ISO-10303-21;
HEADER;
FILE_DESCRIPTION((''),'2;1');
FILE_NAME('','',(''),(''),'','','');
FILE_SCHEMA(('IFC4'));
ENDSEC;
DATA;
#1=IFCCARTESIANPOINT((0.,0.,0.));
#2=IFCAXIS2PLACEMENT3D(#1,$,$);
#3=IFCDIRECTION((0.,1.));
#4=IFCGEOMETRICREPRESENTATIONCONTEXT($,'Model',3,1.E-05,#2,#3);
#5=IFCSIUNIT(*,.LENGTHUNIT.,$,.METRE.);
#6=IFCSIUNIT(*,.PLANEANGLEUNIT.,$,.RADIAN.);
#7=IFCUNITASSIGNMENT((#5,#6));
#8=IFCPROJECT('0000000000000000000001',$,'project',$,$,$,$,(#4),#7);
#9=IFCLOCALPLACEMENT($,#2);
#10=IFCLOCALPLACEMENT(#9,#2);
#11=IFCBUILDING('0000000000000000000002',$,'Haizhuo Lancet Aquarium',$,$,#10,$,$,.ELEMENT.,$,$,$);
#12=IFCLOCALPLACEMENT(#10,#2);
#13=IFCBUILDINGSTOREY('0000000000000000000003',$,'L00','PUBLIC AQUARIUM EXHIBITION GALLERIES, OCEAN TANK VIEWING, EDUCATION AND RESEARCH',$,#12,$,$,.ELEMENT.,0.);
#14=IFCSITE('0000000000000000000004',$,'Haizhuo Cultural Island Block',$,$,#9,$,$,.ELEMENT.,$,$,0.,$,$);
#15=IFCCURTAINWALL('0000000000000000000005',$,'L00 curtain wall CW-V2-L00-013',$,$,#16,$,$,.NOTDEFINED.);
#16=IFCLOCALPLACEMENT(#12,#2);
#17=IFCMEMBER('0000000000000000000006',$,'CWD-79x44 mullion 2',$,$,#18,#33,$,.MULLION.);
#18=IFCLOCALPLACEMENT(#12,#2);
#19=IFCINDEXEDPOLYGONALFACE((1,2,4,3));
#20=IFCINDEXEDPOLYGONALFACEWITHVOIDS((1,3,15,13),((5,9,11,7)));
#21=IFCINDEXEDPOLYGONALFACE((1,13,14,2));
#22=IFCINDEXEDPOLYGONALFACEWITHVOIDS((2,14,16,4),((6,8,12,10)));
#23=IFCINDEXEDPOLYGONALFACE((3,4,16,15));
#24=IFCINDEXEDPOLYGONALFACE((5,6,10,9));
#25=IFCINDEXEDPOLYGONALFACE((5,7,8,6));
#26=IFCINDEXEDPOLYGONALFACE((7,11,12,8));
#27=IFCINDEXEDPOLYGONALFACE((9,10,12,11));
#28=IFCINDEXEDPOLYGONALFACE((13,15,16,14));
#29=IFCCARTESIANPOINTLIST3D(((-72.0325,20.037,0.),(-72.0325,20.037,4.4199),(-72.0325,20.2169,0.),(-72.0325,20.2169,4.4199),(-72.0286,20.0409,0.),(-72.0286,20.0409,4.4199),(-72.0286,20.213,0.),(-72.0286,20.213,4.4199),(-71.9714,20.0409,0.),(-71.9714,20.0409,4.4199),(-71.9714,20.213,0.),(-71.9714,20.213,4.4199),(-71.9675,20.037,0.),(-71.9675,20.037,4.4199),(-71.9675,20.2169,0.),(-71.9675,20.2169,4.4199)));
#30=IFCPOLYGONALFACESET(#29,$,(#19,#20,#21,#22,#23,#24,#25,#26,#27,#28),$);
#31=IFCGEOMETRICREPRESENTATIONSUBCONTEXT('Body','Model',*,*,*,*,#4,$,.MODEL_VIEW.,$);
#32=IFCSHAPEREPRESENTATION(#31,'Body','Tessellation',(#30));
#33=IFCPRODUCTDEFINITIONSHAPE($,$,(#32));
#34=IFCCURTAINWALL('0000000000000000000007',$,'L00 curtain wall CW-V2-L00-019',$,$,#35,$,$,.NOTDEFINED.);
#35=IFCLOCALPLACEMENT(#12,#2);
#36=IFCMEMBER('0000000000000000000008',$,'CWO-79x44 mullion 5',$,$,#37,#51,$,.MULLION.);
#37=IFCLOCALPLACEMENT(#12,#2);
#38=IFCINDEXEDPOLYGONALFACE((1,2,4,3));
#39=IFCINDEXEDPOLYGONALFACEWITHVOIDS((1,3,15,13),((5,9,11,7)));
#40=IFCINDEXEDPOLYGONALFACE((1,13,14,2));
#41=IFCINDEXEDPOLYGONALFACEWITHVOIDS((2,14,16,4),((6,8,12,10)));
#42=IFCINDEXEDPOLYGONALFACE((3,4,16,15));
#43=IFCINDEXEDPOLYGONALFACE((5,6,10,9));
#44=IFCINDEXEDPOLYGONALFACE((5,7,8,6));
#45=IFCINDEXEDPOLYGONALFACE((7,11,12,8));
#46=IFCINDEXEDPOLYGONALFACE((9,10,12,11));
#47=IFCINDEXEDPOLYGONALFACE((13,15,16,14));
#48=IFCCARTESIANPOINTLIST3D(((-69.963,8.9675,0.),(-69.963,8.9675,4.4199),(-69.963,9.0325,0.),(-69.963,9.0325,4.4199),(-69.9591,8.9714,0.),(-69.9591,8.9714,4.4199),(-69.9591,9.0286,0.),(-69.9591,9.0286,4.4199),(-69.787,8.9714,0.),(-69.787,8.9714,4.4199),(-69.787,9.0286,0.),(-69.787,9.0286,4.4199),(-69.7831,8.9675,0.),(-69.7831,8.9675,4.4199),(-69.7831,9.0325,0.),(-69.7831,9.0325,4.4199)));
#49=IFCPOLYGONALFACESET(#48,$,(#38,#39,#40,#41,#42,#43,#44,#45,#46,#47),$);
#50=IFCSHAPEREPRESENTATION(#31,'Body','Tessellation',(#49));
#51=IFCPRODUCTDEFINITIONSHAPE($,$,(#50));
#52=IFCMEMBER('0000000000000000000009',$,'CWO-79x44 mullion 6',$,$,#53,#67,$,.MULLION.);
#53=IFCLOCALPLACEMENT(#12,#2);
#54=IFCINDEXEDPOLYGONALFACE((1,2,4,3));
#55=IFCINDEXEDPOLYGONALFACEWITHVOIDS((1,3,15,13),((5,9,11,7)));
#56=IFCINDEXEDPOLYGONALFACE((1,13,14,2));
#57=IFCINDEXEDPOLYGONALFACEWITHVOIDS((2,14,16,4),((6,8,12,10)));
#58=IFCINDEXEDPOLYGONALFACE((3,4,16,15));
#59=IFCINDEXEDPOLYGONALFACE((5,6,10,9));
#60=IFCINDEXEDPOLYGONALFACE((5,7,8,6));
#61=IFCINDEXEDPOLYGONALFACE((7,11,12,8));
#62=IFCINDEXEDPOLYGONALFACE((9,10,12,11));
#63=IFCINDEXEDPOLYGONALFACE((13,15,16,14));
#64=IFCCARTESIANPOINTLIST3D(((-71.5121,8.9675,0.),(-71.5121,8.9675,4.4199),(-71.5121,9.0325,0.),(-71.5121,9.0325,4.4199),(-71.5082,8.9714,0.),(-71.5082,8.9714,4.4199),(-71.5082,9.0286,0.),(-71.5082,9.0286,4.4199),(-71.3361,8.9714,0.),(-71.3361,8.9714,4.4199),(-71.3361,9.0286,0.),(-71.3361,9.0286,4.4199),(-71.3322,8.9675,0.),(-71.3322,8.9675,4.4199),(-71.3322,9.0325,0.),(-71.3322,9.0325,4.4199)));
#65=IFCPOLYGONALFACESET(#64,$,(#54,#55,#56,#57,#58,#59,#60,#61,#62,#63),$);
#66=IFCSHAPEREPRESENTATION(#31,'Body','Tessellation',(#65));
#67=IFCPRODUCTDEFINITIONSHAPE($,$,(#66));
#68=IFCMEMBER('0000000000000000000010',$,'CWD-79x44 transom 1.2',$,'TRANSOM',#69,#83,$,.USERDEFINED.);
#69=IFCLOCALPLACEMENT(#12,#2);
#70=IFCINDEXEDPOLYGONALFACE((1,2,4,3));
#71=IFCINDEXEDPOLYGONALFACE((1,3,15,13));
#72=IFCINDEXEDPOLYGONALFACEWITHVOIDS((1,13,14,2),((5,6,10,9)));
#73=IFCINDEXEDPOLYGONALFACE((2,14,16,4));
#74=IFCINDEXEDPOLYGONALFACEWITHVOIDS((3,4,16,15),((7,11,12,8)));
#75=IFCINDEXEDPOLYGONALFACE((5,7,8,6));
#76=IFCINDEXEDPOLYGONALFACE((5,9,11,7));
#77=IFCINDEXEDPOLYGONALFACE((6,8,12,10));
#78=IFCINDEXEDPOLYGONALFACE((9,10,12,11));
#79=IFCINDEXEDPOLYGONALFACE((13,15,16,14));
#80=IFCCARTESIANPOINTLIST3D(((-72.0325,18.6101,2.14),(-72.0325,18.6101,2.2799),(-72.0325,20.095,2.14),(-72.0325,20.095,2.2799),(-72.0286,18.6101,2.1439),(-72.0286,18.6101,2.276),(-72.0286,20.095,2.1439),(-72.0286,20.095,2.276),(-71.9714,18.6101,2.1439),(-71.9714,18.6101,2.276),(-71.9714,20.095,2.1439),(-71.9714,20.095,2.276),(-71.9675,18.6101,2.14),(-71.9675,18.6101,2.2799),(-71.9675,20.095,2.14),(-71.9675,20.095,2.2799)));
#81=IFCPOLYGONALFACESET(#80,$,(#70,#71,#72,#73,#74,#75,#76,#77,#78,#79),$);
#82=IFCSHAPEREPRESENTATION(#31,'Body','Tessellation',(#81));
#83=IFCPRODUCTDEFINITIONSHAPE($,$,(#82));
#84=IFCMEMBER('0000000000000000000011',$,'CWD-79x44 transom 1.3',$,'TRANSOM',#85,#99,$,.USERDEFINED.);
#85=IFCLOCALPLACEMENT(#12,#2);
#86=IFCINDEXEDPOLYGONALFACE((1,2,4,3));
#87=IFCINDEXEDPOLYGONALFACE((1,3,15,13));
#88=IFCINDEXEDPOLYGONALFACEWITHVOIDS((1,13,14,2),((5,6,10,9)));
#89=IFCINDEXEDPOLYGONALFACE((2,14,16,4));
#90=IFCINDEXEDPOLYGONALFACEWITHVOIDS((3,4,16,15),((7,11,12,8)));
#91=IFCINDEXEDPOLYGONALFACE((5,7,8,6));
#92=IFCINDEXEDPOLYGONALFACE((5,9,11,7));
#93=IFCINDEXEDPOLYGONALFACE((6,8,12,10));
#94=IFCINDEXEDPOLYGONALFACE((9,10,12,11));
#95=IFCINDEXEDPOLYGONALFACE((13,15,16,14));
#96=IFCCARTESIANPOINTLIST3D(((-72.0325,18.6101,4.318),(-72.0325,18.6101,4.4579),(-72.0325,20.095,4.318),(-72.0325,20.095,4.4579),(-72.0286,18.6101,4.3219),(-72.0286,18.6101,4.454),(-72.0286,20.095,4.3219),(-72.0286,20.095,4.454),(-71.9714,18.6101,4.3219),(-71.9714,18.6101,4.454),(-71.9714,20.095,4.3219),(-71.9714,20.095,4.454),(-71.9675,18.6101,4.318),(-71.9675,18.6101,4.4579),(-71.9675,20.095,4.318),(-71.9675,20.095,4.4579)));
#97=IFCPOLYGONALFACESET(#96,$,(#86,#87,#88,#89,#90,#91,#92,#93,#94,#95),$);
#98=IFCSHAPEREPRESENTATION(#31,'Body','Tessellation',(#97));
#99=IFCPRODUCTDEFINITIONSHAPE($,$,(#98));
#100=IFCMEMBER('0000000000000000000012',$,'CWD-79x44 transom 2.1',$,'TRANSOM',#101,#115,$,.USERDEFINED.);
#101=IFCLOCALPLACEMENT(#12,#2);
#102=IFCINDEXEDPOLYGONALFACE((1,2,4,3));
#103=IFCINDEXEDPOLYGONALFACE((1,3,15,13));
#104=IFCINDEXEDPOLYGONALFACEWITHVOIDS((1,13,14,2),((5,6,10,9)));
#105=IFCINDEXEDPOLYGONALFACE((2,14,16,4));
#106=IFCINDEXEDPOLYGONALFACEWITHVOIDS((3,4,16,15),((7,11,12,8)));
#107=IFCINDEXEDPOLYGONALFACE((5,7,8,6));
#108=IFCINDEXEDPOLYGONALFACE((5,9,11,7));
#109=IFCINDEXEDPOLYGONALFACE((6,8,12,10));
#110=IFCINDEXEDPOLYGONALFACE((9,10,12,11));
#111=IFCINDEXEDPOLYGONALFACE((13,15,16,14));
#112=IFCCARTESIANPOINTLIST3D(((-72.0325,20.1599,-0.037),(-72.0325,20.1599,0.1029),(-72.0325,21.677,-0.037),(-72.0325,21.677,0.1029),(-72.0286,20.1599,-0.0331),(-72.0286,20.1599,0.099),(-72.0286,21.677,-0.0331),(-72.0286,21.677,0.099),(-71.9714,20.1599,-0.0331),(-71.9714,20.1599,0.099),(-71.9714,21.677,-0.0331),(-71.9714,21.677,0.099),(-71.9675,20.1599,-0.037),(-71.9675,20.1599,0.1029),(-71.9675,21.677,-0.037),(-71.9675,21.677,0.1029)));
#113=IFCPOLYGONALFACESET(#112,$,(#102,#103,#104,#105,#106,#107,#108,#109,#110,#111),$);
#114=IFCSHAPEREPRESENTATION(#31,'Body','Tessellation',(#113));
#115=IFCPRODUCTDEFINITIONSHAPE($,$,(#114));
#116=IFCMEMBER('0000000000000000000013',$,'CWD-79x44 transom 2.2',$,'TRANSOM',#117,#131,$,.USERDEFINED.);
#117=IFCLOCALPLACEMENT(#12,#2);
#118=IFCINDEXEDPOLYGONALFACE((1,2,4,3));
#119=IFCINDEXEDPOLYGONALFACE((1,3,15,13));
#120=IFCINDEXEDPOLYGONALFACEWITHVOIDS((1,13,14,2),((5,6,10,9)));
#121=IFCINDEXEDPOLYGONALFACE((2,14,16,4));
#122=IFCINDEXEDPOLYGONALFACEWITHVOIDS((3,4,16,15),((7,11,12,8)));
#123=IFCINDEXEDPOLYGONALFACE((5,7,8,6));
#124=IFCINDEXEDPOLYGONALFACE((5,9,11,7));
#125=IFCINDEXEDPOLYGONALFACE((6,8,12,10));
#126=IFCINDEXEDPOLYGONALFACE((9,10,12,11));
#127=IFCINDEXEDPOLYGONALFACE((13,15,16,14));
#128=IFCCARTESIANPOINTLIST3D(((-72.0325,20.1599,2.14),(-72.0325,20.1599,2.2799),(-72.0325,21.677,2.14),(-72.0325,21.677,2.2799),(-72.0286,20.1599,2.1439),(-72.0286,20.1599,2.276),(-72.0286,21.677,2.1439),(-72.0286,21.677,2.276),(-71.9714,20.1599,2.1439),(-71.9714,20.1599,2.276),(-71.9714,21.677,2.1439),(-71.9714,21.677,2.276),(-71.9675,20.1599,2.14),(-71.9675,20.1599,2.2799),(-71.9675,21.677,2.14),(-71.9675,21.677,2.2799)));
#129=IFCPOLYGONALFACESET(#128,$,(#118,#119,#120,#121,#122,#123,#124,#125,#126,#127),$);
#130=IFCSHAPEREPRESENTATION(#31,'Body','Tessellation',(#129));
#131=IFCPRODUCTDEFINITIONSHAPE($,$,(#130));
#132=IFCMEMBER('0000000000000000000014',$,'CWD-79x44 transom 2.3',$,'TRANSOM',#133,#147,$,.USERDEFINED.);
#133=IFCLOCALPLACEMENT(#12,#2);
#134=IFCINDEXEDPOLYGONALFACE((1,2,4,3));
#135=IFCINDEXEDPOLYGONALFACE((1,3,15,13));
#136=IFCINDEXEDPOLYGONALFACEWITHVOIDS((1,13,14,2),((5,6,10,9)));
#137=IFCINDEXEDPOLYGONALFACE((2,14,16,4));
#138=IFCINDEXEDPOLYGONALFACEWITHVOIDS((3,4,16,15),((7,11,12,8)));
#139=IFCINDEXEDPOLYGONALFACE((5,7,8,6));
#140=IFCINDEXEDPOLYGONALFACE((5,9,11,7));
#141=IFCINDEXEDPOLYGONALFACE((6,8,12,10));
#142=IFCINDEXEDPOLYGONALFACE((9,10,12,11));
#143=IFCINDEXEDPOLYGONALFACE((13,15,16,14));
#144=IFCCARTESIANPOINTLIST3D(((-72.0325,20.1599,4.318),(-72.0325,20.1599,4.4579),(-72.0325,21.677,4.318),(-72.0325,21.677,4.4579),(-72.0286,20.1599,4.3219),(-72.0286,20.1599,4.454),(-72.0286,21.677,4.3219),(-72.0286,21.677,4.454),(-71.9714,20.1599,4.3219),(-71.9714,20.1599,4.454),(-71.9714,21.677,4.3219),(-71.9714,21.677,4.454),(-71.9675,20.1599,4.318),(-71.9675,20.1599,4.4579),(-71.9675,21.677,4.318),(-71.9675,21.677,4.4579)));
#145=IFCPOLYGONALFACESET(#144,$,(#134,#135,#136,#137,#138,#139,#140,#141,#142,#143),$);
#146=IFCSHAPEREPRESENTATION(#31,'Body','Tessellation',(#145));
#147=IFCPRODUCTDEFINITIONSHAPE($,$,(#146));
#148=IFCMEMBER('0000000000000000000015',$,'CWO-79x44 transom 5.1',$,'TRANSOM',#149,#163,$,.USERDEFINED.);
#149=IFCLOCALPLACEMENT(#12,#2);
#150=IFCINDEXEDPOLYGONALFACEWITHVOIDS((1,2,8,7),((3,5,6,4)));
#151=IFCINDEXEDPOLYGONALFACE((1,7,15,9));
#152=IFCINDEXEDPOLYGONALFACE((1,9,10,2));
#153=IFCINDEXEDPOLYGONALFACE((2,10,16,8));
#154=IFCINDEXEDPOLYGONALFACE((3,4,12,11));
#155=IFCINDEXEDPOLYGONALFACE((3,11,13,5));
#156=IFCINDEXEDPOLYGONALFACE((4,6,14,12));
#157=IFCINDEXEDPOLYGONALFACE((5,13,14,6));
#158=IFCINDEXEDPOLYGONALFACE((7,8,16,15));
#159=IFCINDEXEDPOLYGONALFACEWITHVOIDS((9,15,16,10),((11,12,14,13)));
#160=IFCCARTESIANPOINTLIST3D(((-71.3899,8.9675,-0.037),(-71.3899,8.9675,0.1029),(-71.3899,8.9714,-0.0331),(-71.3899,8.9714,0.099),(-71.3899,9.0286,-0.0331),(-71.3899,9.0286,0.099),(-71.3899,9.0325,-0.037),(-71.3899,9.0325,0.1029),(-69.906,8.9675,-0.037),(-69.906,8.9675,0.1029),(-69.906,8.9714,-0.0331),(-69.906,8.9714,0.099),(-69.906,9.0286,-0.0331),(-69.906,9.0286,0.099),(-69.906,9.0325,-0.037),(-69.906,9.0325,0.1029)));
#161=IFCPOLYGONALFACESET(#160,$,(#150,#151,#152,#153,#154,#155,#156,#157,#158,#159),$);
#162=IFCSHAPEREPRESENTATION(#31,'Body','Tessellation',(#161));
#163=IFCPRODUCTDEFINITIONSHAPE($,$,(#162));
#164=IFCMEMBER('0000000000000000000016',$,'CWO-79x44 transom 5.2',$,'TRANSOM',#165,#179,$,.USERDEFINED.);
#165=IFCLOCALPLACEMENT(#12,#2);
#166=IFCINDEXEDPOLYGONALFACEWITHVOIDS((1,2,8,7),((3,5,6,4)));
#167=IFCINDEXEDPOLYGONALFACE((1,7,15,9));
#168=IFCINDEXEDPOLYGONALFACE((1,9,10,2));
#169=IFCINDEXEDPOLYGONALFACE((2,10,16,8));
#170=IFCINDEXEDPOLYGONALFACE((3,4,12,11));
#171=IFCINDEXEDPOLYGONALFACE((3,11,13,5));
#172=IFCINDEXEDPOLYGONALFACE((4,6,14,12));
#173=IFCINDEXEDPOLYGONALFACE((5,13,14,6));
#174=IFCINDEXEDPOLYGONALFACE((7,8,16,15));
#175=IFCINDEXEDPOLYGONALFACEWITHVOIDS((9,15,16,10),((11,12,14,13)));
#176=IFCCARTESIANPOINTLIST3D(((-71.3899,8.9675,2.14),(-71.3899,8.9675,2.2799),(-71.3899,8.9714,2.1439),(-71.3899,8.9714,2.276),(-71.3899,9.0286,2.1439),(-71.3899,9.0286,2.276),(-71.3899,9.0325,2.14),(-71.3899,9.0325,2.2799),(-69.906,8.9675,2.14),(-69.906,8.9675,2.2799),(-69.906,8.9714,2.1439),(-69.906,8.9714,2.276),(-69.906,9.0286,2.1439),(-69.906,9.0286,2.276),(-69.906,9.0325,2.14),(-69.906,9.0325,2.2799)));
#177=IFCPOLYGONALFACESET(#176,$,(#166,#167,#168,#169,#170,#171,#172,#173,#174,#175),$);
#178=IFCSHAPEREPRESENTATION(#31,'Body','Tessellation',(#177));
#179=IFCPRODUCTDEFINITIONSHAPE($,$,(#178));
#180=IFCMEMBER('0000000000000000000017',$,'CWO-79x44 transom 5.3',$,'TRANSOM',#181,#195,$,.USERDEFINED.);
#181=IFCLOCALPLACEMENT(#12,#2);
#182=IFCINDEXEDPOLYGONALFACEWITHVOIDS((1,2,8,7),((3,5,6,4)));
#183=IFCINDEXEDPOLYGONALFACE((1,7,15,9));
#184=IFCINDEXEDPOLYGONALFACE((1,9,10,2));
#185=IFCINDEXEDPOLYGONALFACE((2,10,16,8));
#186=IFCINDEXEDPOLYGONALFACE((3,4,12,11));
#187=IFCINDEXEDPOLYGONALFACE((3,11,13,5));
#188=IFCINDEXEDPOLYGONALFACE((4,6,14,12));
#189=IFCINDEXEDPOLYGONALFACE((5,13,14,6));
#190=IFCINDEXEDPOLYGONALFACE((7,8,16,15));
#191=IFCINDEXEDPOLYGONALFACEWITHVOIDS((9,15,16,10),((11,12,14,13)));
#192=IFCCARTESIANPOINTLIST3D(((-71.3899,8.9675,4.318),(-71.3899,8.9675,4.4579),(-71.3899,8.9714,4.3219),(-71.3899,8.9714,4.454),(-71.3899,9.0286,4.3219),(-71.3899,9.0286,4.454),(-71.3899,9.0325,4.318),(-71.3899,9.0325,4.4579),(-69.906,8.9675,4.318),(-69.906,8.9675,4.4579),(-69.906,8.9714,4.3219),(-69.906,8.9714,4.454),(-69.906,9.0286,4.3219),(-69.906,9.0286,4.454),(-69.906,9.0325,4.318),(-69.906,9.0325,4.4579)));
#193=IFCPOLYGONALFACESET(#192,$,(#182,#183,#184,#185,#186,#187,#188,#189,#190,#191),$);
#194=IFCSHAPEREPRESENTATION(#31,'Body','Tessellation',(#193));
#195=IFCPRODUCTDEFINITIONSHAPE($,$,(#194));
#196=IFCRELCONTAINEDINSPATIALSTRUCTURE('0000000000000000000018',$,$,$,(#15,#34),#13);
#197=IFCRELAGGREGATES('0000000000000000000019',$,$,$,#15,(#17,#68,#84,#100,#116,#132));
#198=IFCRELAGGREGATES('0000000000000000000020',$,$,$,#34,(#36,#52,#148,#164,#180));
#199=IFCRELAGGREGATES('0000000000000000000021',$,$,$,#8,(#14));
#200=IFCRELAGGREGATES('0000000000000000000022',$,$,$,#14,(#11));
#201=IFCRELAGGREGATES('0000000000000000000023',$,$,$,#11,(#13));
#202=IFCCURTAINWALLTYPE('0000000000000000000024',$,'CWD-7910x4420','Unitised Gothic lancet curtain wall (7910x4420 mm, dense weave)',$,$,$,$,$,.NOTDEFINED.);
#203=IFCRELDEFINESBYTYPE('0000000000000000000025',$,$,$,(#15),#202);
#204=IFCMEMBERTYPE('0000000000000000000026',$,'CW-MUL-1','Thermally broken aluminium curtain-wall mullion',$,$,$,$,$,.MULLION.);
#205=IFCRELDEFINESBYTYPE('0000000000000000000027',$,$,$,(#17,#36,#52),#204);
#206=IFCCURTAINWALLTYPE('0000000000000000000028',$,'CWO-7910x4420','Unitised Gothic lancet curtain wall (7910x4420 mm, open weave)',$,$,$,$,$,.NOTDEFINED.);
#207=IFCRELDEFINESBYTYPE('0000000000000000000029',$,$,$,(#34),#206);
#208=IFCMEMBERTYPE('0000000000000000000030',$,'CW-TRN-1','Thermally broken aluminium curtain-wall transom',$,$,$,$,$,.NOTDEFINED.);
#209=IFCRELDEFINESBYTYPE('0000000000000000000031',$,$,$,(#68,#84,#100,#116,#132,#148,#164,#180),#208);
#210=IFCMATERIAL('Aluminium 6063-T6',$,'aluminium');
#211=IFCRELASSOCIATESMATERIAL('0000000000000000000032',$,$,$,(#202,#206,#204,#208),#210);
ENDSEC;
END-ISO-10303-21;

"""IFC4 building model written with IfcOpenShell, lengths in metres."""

from ifc_helpers import new_model, si_unit, direction, frame, origin, origin_2d, place, context, subcontext, project, spatial, hollow_rectangle, extrude, material, material_profile, profile_set, type_object, element, aggregate, save


model = new_model("IFC4")

# Units and contexts
model_context = context("Model", 3, precision=1e-05, world=origin(), true_north=direction((0.0, 1.0)))
body_context = subcontext(model_context, "Body", "Model", "MODEL_VIEW")
ifc_project = project(units=[si_unit("LENGTHUNIT", "METRE"), si_unit("PLANEANGLEUNIT", "RADIAN")], contexts=[model_context])

# Site, building, storey
site_placement = place(None, origin())
site = spatial("IfcSite", under=ifc_project, at=site_placement, Name="Haizhuo Cultural Island Block", CompositionType="ELEMENT", RefElevation=0.0)
building_placement = place(site_placement, origin())
building = spatial("IfcBuilding", under=site, at=building_placement, Name="Haizhuo Lancet Aquarium", CompositionType="ELEMENT")
storey_placement = place(building_placement, origin())
storey = spatial("IfcBuildingStorey", under=building, at=storey_placement, Name="L00", Description="PUBLIC AQUARIUM EXHIBITION GALLERIES, OCEAN TANK VIEWING, EDUCATION AND RESEARCH", CompositionType="ELEMENT", Elevation=0.0)

# Curtain wall, member
ifc_material_1 = material(Name="Aluminium 6063-T6", Category="aluminium")
curtain_wall_type_1 = type_object("IfcCurtainWallType", Name="CWD-7910x4420", Description="Unitised Gothic lancet curtain wall (7910x4420 mm, dense weave)", PredefinedType="NOTDEFINED", material=ifc_material_1)
curtain_wall_1_placement = place(storey_placement, origin())
curtain_wall_1 = element("IfcCurtainWall", 1, at=curtain_wall_1_placement, inside=storey, type_object=curtain_wall_type_1, Name="L00 curtain wall CW-V2-L00-013", PredefinedType="NOTDEFINED")
ifc_material_profile_1 = material_profile(ifc_material_1, hollow_rectangle(XDim=0.0649, YDim=0.1799, WallThickness=0.0039, at=origin_2d()), Name="ALU-M 65x180x4")
ifc_profile_set_1 = profile_set([ifc_material_profile_1], Name="Aluminium 6063-T6")
member_type_1 = type_object("IfcMemberType", Name="CW-MUL-1", Description="Thermally broken aluminium curtain-wall mullion", PredefinedType="MULLION", material=ifc_profile_set_1)
member_1_placement = place(storey_placement, frame((-72.0, 20.127, 0.0), z_axis=(0.0, 0.0, 1.0), x_axis=(-1.0, 0.0, 0.0)))
member_1 = element("IfcMember", 2, at=member_1_placement, type_object=member_type_1, Name="CWD-79x44 mullion 2", PredefinedType="MULLION", context=body_context, shape_type="SweptSolid", body=[
    extrude(hollow_rectangle(XDim=0.0649, YDim=0.1799, WallThickness=0.0039, at=origin_2d()), origin(), (0.0, 0.0, 1.0), 4.4199),
])

# Curtain wall, members
curtain_wall_type_2 = type_object("IfcCurtainWallType", Name="CWO-7910x4420", Description="Unitised Gothic lancet curtain wall (7910x4420 mm, open weave)", PredefinedType="NOTDEFINED", material=ifc_material_1)
curtain_wall_2_placement = place(storey_placement, origin())
curtain_wall_2 = element("IfcCurtainWall", 3, at=curtain_wall_2_placement, inside=storey, type_object=curtain_wall_type_2, Name="L00 curtain wall CW-V2-L00-019", PredefinedType="NOTDEFINED")
member_2_placement = place(storey_placement, frame((-69.873, 9.0, 0.0), z_axis=(0.0, 0.0, 1.0), x_axis=(0.0, -1.0, 0.0)))
member_2 = element("IfcMember", 4, at=member_2_placement, type_object=member_type_1, Name="CWO-79x44 mullion 5", PredefinedType="MULLION", context=body_context, shape_type="SweptSolid", body=[
    extrude(hollow_rectangle(XDim=0.0649, YDim=0.1799, WallThickness=0.0039, at=origin_2d()), origin(), (0.0, 0.0, 1.0), 4.4199),
])
member_3_placement = place(storey_placement, frame((-71.4221, 9.0, 0.0), z_axis=(0.0, 0.0, 1.0), x_axis=(0.0, -1.0, 0.0)))
member_3 = element("IfcMember", 5, at=member_3_placement, type_object=member_type_1, Name="CWO-79x44 mullion 6", PredefinedType="MULLION", context=body_context, shape_type="SweptSolid", body=[
    extrude(hollow_rectangle(XDim=0.0649, YDim=0.1799, WallThickness=0.0039, at=origin_2d()), origin(), (0.0, 0.0, 1.0), 4.4199),
])

# Members
ifc_material_profile_2 = material_profile(ifc_material_1, hollow_rectangle(XDim=0.0649, YDim=0.1399, WallThickness=0.0039, at=origin_2d()), Name="ALU-T 65x140x4")
ifc_profile_set_2 = profile_set([ifc_material_profile_2], Name="Aluminium 6063-T6")
member_type_2 = type_object("IfcMemberType", Name="CW-TRN-1", Description="Thermally broken aluminium curtain-wall transom", PredefinedType="NOTDEFINED", material=ifc_profile_set_2)
member_4_placement = place(storey_placement, frame((-72.0, 18.6101, 2.21), z_axis=(0.0, 1.0, 0.0), x_axis=(-1.0, 0.0, 0.0)))
member_4 = element("IfcMember", 6, at=member_4_placement, type_object=member_type_2, Name="CWD-79x44 transom 1.2", ObjectType="TRANSOM", PredefinedType="USERDEFINED", context=body_context, shape_type="SweptSolid", body=[
    extrude(hollow_rectangle(XDim=0.0649, YDim=0.1399, WallThickness=0.0039, at=origin_2d()), origin(), (0.0, 0.0, 1.0), 1.4849),
])
member_5_placement = place(storey_placement, frame((-72.0, 18.6101, 4.3879), z_axis=(0.0, 1.0, 0.0), x_axis=(-1.0, 0.0, 0.0)))
member_5 = element("IfcMember", 7, at=member_5_placement, type_object=member_type_2, Name="CWD-79x44 transom 1.3", ObjectType="TRANSOM", PredefinedType="USERDEFINED", context=body_context, shape_type="SweptSolid", body=[
    extrude(hollow_rectangle(XDim=0.0649, YDim=0.1399, WallThickness=0.0039, at=origin_2d()), origin(), (0.0, 0.0, 1.0), 1.4849),
])
member_6_placement = place(storey_placement, frame((-72.0, 20.1599, 0.033), z_axis=(0.0, 1.0, 0.0), x_axis=(-1.0, 0.0, 0.0)))
member_6 = element("IfcMember", 8, at=member_6_placement, type_object=member_type_2, Name="CWD-79x44 transom 2.1", ObjectType="TRANSOM", PredefinedType="USERDEFINED", context=body_context, shape_type="SweptSolid", body=[
    extrude(hollow_rectangle(XDim=0.0649, YDim=0.1399, WallThickness=0.0039, at=origin_2d()), origin(), (0.0, 0.0, 1.0), 1.5171),
])
member_7_placement = place(storey_placement, frame((-72.0, 20.1599, 2.21), z_axis=(0.0, 1.0, 0.0), x_axis=(-1.0, 0.0, 0.0)))
member_7 = element("IfcMember", 9, at=member_7_placement, type_object=member_type_2, Name="CWD-79x44 transom 2.2", ObjectType="TRANSOM", PredefinedType="USERDEFINED", context=body_context, shape_type="SweptSolid", body=[
    extrude(hollow_rectangle(XDim=0.0649, YDim=0.1399, WallThickness=0.0039, at=origin_2d()), origin(), (0.0, 0.0, 1.0), 1.5171),
])
member_8_placement = place(storey_placement, frame((-72.0, 20.1599, 4.3879), z_axis=(0.0, 1.0, 0.0), x_axis=(-1.0, 0.0, 0.0)))
member_8 = element("IfcMember", 10, at=member_8_placement, type_object=member_type_2, Name="CWD-79x44 transom 2.3", ObjectType="TRANSOM", PredefinedType="USERDEFINED", context=body_context, shape_type="SweptSolid", body=[
    extrude(hollow_rectangle(XDim=0.0649, YDim=0.1399, WallThickness=0.0039, at=origin_2d()), origin(), (0.0, 0.0, 1.0), 1.5171),
])
member_9_placement = place(storey_placement, frame((-69.906, 9.0, 0.033), z_axis=(-1.0, 0.0, 0.0), x_axis=(0.0, -1.0, 0.0)))
member_9 = element("IfcMember", 11, at=member_9_placement, type_object=member_type_2, Name="CWO-79x44 transom 5.1", ObjectType="TRANSOM", PredefinedType="USERDEFINED", context=body_context, shape_type="SweptSolid", body=[
    extrude(hollow_rectangle(XDim=0.0649, YDim=0.1399, WallThickness=0.0039, at=origin_2d()), origin(), (0.0, 0.0, 1.0), 1.4839),
])
member_10_placement = place(storey_placement, frame((-69.906, 9.0, 2.21), z_axis=(-1.0, 0.0, 0.0), x_axis=(0.0, -1.0, 0.0)))
member_10 = element("IfcMember", 12, at=member_10_placement, type_object=member_type_2, Name="CWO-79x44 transom 5.2", ObjectType="TRANSOM", PredefinedType="USERDEFINED", context=body_context, shape_type="SweptSolid", body=[
    extrude(hollow_rectangle(XDim=0.0649, YDim=0.1399, WallThickness=0.0039, at=origin_2d()), origin(), (0.0, 0.0, 1.0), 1.4839),
])
member_11_placement = place(storey_placement, frame((-69.906, 9.0, 4.3879), z_axis=(-1.0, 0.0, 0.0), x_axis=(0.0, -1.0, 0.0)))
member_11 = element("IfcMember", 13, at=member_11_placement, type_object=member_type_2, Name="CWO-79x44 transom 5.3", ObjectType="TRANSOM", PredefinedType="USERDEFINED", context=body_context, shape_type="SweptSolid", body=[
    extrude(hollow_rectangle(XDim=0.0649, YDim=0.1399, WallThickness=0.0039, at=origin_2d()), origin(), (0.0, 0.0, 1.0), 1.4839),
])

aggregate(curtain_wall_1, [member_1, member_4, member_5, member_6, member_7, member_8])
aggregate(curtain_wall_2, [member_2, member_3, member_9, member_10, member_11])

save(model, "model.ifc")
